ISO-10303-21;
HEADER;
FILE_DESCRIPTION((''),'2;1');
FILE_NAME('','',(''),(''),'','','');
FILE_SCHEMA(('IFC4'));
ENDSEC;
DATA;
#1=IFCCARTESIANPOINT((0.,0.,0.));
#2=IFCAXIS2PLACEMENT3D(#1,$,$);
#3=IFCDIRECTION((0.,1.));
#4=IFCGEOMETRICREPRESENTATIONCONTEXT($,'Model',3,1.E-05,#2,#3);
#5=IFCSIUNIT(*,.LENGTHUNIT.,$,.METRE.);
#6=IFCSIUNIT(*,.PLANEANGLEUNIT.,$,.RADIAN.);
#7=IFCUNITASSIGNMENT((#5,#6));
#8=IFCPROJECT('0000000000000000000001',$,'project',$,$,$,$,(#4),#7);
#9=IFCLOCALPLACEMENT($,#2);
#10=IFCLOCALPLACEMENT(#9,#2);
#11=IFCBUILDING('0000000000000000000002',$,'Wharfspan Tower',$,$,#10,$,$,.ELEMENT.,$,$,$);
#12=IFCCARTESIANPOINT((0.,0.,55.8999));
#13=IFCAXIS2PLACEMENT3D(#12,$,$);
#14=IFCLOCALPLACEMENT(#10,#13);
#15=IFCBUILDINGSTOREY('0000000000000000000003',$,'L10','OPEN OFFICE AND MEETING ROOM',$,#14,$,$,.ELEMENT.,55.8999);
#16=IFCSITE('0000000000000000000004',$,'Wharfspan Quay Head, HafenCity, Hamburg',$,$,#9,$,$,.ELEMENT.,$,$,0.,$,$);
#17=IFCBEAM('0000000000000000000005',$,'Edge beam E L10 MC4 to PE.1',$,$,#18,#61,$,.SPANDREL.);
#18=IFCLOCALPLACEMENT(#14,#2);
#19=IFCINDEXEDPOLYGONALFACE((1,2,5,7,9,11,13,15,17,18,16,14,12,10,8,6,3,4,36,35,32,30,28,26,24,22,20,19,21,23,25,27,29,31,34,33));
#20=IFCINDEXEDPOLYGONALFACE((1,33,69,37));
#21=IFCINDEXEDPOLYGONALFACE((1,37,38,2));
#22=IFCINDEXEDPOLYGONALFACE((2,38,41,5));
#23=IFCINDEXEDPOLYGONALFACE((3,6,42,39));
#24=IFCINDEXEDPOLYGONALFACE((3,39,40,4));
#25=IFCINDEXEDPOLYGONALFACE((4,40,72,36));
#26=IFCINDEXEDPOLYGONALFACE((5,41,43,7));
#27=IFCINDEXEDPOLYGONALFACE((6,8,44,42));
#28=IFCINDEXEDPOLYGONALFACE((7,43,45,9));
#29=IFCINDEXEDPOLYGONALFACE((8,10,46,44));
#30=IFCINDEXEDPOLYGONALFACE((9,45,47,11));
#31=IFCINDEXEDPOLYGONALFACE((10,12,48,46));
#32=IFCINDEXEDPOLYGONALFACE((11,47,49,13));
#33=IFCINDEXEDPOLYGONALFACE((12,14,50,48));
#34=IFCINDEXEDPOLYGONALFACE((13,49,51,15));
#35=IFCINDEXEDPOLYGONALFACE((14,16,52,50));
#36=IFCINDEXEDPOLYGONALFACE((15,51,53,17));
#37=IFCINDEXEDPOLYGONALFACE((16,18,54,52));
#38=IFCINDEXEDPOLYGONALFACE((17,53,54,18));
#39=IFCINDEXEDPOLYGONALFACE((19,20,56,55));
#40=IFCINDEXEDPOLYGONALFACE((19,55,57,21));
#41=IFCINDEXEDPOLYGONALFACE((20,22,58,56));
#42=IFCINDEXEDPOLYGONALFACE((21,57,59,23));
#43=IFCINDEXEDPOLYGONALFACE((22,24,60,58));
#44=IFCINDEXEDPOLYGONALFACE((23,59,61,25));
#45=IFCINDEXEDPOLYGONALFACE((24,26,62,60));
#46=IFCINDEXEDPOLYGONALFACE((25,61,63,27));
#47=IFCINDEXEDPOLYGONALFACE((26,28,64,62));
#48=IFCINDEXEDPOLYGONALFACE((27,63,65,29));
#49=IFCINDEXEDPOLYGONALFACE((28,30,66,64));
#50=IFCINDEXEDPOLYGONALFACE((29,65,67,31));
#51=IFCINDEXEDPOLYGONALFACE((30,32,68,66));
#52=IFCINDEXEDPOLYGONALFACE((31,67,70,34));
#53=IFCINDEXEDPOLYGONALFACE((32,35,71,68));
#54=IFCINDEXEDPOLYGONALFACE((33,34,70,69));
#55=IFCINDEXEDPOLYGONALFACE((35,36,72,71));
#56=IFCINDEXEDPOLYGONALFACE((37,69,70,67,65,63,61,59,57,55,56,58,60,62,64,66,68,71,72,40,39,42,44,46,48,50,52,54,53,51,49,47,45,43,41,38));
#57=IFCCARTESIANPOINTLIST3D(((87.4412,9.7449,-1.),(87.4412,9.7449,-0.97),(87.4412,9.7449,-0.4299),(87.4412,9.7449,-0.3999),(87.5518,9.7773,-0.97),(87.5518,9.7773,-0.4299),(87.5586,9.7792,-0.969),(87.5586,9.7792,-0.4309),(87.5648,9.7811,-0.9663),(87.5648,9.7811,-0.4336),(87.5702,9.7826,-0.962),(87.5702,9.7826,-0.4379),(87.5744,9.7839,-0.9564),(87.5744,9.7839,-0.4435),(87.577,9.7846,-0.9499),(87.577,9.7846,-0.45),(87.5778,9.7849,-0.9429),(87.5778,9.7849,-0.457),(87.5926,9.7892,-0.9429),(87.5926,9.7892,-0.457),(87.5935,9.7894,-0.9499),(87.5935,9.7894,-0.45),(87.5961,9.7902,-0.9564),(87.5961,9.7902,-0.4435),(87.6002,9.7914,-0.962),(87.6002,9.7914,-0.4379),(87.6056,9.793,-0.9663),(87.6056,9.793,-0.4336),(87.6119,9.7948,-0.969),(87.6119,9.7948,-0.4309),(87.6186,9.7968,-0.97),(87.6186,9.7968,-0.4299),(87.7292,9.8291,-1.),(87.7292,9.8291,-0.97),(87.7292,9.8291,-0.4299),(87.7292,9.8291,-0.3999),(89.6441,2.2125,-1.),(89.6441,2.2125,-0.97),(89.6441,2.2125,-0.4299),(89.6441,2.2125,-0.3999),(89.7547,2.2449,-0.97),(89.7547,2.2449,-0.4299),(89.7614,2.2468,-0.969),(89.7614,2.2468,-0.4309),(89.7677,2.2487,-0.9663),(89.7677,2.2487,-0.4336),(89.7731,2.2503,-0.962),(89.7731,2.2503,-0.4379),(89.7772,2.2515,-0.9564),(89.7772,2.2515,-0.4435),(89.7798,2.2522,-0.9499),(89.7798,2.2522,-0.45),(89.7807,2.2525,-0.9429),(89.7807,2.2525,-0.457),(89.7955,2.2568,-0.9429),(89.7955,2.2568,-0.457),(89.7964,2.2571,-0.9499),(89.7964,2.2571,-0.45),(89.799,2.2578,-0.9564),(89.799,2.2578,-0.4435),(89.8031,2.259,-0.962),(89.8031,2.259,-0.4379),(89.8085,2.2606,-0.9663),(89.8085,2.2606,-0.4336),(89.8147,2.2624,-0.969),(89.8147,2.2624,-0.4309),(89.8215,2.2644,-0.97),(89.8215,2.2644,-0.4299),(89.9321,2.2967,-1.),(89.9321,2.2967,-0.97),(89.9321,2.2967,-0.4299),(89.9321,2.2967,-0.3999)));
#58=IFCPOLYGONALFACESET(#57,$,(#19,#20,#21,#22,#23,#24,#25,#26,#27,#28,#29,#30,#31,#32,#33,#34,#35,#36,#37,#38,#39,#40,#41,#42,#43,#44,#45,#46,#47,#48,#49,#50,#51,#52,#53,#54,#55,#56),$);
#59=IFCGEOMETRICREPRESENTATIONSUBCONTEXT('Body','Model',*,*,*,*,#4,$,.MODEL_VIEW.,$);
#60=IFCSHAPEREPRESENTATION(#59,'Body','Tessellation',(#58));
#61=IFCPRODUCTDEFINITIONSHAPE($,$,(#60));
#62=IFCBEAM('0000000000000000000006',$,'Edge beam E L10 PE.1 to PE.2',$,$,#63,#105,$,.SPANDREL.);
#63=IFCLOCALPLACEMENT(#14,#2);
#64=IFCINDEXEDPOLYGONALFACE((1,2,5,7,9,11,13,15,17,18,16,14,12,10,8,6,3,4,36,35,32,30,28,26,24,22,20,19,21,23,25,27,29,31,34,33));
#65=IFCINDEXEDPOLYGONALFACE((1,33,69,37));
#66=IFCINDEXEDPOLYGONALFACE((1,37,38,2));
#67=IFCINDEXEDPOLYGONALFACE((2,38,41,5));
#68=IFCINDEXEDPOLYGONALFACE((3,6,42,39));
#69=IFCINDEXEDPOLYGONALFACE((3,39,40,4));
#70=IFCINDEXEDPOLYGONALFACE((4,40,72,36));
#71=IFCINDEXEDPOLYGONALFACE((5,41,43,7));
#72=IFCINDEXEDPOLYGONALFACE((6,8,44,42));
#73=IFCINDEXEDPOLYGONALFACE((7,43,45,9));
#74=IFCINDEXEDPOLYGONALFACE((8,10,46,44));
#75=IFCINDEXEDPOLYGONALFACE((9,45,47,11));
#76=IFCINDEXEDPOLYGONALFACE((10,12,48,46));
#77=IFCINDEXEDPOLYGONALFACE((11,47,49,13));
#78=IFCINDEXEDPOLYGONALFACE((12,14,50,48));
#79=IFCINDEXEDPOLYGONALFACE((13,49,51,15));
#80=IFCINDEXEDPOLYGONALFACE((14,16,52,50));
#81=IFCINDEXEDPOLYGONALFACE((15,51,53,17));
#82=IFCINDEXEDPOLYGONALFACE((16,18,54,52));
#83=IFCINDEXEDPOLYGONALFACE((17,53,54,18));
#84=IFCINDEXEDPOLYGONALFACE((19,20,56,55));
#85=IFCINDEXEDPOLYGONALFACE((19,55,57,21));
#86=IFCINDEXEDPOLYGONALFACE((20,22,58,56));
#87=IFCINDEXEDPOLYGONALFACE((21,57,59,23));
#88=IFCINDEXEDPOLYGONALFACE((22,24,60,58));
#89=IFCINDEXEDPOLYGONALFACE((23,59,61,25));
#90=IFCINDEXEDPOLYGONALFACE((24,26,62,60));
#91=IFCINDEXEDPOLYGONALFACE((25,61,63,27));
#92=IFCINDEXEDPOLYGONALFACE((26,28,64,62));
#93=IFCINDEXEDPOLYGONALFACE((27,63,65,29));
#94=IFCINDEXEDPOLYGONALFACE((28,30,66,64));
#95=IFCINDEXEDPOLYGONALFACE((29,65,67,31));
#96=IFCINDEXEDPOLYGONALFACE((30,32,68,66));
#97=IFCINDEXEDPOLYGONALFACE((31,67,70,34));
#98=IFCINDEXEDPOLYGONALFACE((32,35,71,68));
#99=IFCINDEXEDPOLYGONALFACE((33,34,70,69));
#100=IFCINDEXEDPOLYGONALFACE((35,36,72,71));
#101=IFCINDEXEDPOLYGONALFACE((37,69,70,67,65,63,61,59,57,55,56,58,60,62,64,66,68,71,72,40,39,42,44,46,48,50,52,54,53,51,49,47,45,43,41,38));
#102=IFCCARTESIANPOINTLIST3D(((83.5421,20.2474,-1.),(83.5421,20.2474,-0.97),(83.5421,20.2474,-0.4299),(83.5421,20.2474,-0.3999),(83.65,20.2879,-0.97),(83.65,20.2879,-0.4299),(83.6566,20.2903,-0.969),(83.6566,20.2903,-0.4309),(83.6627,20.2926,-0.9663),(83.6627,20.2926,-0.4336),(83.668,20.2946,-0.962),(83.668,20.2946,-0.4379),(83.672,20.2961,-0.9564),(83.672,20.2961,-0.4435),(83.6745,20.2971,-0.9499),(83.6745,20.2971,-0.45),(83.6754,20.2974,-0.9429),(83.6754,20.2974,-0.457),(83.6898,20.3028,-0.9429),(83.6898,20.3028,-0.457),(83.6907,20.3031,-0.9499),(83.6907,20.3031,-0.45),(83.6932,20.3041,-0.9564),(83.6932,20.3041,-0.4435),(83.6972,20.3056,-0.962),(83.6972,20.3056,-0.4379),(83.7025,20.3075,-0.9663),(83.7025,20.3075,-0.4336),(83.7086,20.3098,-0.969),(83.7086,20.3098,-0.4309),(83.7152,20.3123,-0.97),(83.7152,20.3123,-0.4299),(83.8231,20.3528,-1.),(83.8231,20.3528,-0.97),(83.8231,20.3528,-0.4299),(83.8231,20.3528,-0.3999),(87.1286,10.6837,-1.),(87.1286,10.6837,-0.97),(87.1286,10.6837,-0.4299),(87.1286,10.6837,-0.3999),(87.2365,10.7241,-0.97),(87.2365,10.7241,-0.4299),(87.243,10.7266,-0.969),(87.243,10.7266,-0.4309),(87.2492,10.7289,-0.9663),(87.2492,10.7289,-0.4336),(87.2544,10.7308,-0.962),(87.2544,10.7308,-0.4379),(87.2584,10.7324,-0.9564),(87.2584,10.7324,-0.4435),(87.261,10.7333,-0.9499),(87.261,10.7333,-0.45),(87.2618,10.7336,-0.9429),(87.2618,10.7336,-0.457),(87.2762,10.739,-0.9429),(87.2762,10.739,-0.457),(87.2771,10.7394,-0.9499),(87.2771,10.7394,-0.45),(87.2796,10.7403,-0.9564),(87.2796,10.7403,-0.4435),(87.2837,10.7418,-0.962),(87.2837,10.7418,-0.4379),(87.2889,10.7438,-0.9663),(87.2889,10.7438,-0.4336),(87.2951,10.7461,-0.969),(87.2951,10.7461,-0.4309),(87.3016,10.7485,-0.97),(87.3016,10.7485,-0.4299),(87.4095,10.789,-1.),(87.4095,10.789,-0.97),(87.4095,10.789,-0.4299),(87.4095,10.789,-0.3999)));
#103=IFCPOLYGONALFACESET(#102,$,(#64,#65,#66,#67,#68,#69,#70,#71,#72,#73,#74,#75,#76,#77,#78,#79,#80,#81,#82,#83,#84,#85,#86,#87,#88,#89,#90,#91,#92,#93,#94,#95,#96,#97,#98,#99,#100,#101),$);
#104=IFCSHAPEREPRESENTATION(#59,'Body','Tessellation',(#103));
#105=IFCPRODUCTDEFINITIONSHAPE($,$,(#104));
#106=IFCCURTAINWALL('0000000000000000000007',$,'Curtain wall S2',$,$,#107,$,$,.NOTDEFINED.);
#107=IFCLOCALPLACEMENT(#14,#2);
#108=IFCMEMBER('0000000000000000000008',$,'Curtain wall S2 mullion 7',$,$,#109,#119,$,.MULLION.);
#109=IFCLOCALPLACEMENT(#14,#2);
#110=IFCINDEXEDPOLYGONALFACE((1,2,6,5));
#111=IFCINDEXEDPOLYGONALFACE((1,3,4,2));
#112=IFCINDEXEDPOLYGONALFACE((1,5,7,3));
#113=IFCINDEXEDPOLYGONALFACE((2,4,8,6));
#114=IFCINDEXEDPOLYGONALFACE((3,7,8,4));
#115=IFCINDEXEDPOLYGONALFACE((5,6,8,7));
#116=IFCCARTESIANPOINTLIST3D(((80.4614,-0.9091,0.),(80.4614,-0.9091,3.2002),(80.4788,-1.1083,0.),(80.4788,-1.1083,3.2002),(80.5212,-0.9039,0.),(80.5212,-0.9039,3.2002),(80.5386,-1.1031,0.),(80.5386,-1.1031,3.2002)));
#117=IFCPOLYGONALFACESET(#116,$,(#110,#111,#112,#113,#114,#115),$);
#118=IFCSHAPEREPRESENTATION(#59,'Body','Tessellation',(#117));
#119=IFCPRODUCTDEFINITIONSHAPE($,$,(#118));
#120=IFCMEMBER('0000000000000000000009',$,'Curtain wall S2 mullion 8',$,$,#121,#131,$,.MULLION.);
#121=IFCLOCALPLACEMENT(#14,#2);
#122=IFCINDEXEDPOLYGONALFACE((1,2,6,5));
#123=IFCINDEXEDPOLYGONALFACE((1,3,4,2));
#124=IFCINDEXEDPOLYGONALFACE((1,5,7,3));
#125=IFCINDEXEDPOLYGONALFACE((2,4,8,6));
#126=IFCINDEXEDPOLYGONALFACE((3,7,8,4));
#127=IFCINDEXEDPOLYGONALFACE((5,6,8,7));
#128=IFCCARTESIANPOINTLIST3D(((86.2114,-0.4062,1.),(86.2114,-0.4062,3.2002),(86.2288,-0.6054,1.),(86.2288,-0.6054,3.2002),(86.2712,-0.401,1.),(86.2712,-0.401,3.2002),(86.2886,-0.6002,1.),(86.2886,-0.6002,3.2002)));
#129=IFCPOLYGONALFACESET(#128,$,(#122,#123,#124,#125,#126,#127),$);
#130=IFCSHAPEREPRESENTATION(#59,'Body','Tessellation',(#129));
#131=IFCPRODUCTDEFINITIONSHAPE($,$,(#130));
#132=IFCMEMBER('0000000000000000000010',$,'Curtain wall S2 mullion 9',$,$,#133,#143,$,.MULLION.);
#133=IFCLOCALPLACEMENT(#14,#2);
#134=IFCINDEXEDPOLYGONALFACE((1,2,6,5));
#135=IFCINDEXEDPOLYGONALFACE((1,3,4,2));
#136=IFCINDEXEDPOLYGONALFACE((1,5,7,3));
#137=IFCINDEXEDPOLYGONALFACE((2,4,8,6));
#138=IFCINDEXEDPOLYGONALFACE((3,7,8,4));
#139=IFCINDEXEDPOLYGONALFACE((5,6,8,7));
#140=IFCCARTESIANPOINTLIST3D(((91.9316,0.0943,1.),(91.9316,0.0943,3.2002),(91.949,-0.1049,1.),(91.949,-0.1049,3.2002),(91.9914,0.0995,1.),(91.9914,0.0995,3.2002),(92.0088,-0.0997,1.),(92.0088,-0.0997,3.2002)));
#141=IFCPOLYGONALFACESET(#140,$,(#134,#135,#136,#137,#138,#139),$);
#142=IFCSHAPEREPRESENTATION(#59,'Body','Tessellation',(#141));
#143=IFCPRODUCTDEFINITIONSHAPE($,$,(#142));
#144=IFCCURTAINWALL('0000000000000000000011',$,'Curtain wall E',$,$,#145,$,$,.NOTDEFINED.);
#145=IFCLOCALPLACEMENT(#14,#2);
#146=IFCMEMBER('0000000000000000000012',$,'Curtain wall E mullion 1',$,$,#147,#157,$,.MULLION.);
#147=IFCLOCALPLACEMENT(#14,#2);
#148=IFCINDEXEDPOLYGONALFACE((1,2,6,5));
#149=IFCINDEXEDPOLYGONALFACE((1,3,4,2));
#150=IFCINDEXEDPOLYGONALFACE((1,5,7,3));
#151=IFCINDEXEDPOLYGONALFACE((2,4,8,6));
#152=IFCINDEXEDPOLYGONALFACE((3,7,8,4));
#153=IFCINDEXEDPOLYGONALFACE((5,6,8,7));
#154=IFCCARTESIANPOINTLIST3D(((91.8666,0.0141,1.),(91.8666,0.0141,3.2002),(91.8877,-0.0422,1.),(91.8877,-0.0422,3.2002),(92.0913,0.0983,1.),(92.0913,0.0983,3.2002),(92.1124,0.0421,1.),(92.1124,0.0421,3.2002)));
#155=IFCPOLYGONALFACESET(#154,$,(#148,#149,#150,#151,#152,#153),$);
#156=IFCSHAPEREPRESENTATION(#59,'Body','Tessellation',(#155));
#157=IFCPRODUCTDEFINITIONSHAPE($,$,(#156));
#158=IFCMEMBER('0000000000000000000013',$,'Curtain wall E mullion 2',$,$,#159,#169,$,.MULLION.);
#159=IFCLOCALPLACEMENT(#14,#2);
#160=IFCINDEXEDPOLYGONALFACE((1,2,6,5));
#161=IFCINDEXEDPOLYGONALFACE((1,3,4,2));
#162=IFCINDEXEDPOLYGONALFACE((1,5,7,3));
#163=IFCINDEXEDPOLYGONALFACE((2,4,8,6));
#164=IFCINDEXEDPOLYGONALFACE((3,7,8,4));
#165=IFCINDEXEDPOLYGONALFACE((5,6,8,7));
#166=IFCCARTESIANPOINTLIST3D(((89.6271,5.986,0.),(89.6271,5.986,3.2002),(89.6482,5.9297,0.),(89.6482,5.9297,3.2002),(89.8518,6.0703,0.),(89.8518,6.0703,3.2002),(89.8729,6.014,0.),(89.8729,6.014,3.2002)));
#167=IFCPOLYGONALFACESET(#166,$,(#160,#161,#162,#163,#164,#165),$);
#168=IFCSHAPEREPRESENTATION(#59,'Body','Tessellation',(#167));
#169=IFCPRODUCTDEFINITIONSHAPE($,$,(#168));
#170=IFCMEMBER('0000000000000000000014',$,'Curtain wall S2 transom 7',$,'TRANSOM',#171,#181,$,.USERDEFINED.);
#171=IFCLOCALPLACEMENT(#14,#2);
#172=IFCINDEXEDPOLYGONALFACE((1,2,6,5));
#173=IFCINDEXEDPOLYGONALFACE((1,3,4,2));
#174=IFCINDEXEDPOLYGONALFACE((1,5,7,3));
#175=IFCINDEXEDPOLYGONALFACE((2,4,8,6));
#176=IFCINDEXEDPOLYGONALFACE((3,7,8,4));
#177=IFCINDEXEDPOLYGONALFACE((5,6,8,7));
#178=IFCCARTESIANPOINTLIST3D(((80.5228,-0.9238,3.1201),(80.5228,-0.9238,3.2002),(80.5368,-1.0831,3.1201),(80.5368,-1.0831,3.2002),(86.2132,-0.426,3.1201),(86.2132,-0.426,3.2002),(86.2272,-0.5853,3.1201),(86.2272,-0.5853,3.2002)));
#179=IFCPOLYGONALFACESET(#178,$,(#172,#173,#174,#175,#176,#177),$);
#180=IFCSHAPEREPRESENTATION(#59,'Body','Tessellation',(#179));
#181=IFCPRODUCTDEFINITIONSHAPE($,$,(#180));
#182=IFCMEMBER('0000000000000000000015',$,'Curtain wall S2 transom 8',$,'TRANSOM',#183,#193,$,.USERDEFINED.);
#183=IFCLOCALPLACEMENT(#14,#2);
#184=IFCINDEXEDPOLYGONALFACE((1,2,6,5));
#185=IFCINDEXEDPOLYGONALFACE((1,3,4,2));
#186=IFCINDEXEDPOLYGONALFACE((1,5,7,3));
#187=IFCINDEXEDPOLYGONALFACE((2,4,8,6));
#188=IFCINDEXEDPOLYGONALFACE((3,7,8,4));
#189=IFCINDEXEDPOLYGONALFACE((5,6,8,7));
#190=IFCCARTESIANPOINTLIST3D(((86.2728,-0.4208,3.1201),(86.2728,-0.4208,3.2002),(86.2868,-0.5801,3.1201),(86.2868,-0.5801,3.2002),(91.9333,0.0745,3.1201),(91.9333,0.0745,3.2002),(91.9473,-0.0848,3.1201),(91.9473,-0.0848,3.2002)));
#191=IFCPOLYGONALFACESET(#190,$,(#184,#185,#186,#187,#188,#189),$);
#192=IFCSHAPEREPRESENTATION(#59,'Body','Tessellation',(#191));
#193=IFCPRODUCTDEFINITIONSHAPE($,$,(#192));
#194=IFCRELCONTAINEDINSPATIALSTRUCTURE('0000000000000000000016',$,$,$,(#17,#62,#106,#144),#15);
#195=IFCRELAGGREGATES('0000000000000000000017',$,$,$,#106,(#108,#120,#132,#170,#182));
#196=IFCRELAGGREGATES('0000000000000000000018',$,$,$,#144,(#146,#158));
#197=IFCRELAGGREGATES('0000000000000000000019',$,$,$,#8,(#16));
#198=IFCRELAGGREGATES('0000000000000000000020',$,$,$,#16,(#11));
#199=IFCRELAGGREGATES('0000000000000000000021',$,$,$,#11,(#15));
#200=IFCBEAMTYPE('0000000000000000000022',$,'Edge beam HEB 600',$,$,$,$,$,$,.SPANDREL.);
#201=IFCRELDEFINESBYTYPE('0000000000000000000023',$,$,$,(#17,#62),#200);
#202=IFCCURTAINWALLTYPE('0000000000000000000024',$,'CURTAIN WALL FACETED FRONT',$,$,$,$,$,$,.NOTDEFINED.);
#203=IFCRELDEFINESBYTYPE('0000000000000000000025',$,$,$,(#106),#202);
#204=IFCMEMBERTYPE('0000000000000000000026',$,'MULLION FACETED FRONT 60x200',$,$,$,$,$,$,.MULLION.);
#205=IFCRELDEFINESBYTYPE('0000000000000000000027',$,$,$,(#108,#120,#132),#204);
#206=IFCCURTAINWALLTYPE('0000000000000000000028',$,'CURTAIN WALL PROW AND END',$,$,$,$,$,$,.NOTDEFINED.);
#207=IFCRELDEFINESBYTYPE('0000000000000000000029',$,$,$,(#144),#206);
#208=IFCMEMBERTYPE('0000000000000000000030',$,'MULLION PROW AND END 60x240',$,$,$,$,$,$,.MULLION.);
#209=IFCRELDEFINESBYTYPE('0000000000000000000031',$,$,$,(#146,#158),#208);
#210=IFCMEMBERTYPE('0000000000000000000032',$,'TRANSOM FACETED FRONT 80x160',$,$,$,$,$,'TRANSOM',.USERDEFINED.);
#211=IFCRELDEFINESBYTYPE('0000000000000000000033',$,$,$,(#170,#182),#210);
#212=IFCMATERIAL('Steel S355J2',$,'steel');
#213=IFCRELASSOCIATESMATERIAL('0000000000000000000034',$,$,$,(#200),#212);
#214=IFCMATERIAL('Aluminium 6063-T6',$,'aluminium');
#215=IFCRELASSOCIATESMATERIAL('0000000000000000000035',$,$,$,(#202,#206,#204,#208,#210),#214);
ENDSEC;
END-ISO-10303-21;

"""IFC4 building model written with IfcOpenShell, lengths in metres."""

from ifc_helpers import new_model, si_unit, direction, frame, origin, origin_2d, place, context, subcontext, project, spatial, rectangle, i_section, extrude, material, material_profile, profile_set, type_object, element, aggregate, save


model = new_model("IFC4")

# Units and contexts
model_context = context("Model", 3, precision=1e-05, world=origin(), true_north=direction((0.0, 1.0)))
body_context = subcontext(model_context, "Body", "Model", "MODEL_VIEW")
ifc_project = project(units=[si_unit("LENGTHUNIT", "METRE"), si_unit("PLANEANGLEUNIT", "RADIAN")], contexts=[model_context])

# Site, building, storey
site_placement = place(None, origin())
site = spatial("IfcSite", under=ifc_project, at=site_placement, Name="Wharfspan Quay Head, HafenCity, Hamburg", CompositionType="ELEMENT", RefElevation=0.0)
building_placement = place(site_placement, origin())
building = spatial("IfcBuilding", under=site, at=building_placement, Name="Wharfspan Tower", CompositionType="ELEMENT")
storey_placement = place(building_placement, frame((0.0, 0.0, 55.8999)))
storey = spatial("IfcBuildingStorey", under=building, at=storey_placement, Name="L10", Description="OPEN OFFICE AND MEETING ROOM", CompositionType="ELEMENT", Elevation=55.8999)

# Shared definitions
ifc_material_1 = material(Name="Steel S355J2", Category="steel")

# Beams
ifc_material_profile_1 = material_profile(ifc_material_1, i_section(OverallWidth=0.3, OverallDepth=0.6001, WebThickness=0.0154, FlangeThickness=0.03, FilletRadius=0.0271, at=origin_2d()))
ifc_profile_set_1 = profile_set([ifc_material_profile_1], Name="Steel S355J2")
beam_type = type_object("IfcBeamType", Name="Edge beam HEB 600", PredefinedType="SPANDREL", material=ifc_profile_set_1)
beam_1_placement = place(storey_placement, frame((89.7881, 2.2546, -0.7), z_axis=(-0.280694, 0.959797, 0.0), x_axis=(-0.959797, -0.280694, 0.0)))
element("IfcBeam", 1, at=beam_1_placement, inside=storey, type_object=beam_type, Name="Edge beam E L10 MC4 to PE.1", PredefinedType="SPANDREL", context=body_context, shape_type="SweptSolid", body=[
    extrude(i_section(OverallWidth=0.3, OverallDepth=0.6001, WebThickness=0.0154, FlangeThickness=0.03, FilletRadius=0.0271, at=origin_2d()), origin(), (0.0, 0.0, 1.0), 7.8479),
])
beam_2_placement = place(storey_placement, frame((87.269, 10.7363, -0.7), z_axis=(-0.351126, 0.936328, 0.0), x_axis=(-0.936328, -0.351126, 0.0)))
element("IfcBeam", 2, at=beam_2_placement, inside=storey, type_object=beam_type, Name="Edge beam E L10 PE.1 to PE.2", PredefinedType="SPANDREL", context=body_context, shape_type="SweptSolid", body=[
    extrude(i_section(OverallWidth=0.3, OverallDepth=0.6001, WebThickness=0.0154, FlangeThickness=0.03, FilletRadius=0.0271, at=origin_2d()), origin(), (0.0, 0.0, 1.0), 10.2141),
])

# Curtain walls, members
ifc_material_2 = material(Name="Aluminium 6063-T6", Category="aluminium")
curtain_wall_type_1 = type_object("IfcCurtainWallType", Name="CURTAIN WALL FACETED FRONT", PredefinedType="NOTDEFINED", material=ifc_material_2)
curtain_wall_1_placement = place(storey_placement, origin())
curtain_wall_1 = element("IfcCurtainWall", 3, at=curtain_wall_1_placement, inside=storey, type_object=curtain_wall_type_1, Name="Curtain wall S2", PredefinedType="NOTDEFINED")
ifc_material_profile_2 = material_profile(ifc_material_2, rectangle(XDim=0.2, YDim=0.0601, at=origin_2d()))
ifc_profile_set_2 = profile_set([ifc_material_profile_2], Name="Aluminium 6063-T6")
member_type_1 = type_object("IfcMemberType", Name="MULLION FACETED FRONT 60x200", PredefinedType="MULLION", material=ifc_profile_set_2)
member_1_placement = place(storey_placement, frame((80.5, -1.0061, 0.0), z_axis=(0.0, 0.0, 1.0), x_axis=(-0.087156, 0.996197, 0.0)))
member_1 = element("IfcMember", 4, at=member_1_placement, type_object=member_type_1, Name="Curtain wall S2 mullion 7", PredefinedType="MULLION", context=body_context, shape_type="SweptSolid", body=[
    extrude(rectangle(XDim=0.2, YDim=0.0601, at=origin_2d()), origin(), (0.0, 0.0, 1.0), 3.2002),
])
member_2_placement = place(storey_placement, frame((86.25, -0.5032, 1.0), z_axis=(0.0, 0.0, 1.0), x_axis=(-0.087156, 0.996197, 0.0)))
member_2 = element("IfcMember", 5, at=member_2_placement, type_object=member_type_1, Name="Curtain wall S2 mullion 8", PredefinedType="MULLION", context=body_context, shape_type="SweptSolid", body=[
    extrude(rectangle(XDim=0.2, YDim=0.0601, at=origin_2d()), origin(), (0.0, 0.0, 1.0), 2.2002),
])
member_3_placement = place(storey_placement, frame((91.9702, -0.0027, 1.0), z_axis=(0.0, 0.0, 1.0), x_axis=(-0.087156, 0.996197, 0.0)))
member_3 = element("IfcMember", 6, at=member_3_placement, type_object=member_type_1, Name="Curtain wall S2 mullion 9", PredefinedType="MULLION", context=body_context, shape_type="SweptSolid", body=[
    extrude(rectangle(XDim=0.2, YDim=0.0601, at=origin_2d()), origin(), (0.0, 0.0, 1.0), 2.2002),
])
curtain_wall_type_2 = type_object("IfcCurtainWallType", Name="CURTAIN WALL PROW AND END", PredefinedType="NOTDEFINED", material=ifc_material_2)
curtain_wall_2_placement = place(storey_placement, origin())
curtain_wall_2 = element("IfcCurtainWall", 7, at=curtain_wall_2_placement, inside=storey, type_object=curtain_wall_type_2, Name="Curtain wall E", PredefinedType="NOTDEFINED")
ifc_material_profile_3 = material_profile(ifc_material_2, rectangle(XDim=0.24, YDim=0.0601, at=origin_2d()))
ifc_profile_set_3 = profile_set([ifc_material_profile_3], Name="Aluminium 6063-T6")
member_type_2 = type_object("IfcMemberType", Name="MULLION PROW AND END 60x240", PredefinedType="MULLION", material=ifc_profile_set_3)
member_4_placement = place(storey_placement, frame((91.9895, 0.0281, 1.0), z_axis=(0.0, 0.0, 1.0), x_axis=(-0.936328, -0.351123, 0.0)))
member_4 = element("IfcMember", 8, at=member_4_placement, type_object=member_type_2, Name="Curtain wall E mullion 1", PredefinedType="MULLION", context=body_context, shape_type="SweptSolid", body=[
    extrude(rectangle(XDim=0.24, YDim=0.0601, at=origin_2d()), origin(), (0.0, 0.0, 1.0), 2.2002),
])
member_5_placement = place(storey_placement, frame((89.75, 6.0, 0.0), z_axis=(0.0, 0.0, 1.0), x_axis=(-0.936328, -0.351123, 0.0)))
member_5 = element("IfcMember", 9, at=member_5_placement, type_object=member_type_2, Name="Curtain wall E mullion 2", PredefinedType="MULLION", context=body_context, shape_type="SweptSolid", body=[
    extrude(rectangle(XDim=0.24, YDim=0.0601, at=origin_2d()), origin(), (0.0, 0.0, 1.0), 3.2002),
])

# Members
ifc_material_profile_4 = material_profile(ifc_material_2, rectangle(XDim=0.1599, YDim=0.0801, at=origin_2d()))
ifc_profile_set_4 = profile_set([ifc_material_profile_4], Name="Aluminium 6063-T6")
member_type_3 = type_object("IfcMemberType", Name="TRANSOM FACETED FRONT 80x160", ElementType="TRANSOM", PredefinedType="USERDEFINED", material=ifc_profile_set_4)
member_6_placement = place(storey_placement, frame((80.5298, -1.0034, 3.1602), z_axis=(0.996195, 0.087148, 0.0), x_axis=(-0.087148, 0.996195, 0.0)))
member_6 = element("IfcMember", 10, at=member_6_placement, type_object=member_type_3, Name="Curtain wall S2 transom 7", ObjectType="TRANSOM", PredefinedType="USERDEFINED", context=body_context, shape_type="SweptSolid", body=[
    extrude(rectangle(XDim=0.1599, YDim=0.0801, at=origin_2d()), origin(), (0.0, 0.0, 1.0), 5.7122),
])
member_7_placement = place(storey_placement, frame((86.2798, -0.5005, 3.1602), z_axis=(0.996193, 0.08718, 0.0), x_axis=(-0.08718, 0.996193, 0.0)))
member_7 = element("IfcMember", 11, at=member_7_placement, type_object=member_type_3, Name="Curtain wall S2 transom 8", ObjectType="TRANSOM", PredefinedType="USERDEFINED", context=body_context, shape_type="SweptSolid", body=[
    extrude(rectangle(XDim=0.1599, YDim=0.0801, at=origin_2d()), origin(), (0.0, 0.0, 1.0), 5.6821),
])

aggregate(curtain_wall_1, [member_1, member_2, member_3, member_6, member_7])
aggregate(curtain_wall_2, [member_4, member_5])

save(model, "model.ifc")
